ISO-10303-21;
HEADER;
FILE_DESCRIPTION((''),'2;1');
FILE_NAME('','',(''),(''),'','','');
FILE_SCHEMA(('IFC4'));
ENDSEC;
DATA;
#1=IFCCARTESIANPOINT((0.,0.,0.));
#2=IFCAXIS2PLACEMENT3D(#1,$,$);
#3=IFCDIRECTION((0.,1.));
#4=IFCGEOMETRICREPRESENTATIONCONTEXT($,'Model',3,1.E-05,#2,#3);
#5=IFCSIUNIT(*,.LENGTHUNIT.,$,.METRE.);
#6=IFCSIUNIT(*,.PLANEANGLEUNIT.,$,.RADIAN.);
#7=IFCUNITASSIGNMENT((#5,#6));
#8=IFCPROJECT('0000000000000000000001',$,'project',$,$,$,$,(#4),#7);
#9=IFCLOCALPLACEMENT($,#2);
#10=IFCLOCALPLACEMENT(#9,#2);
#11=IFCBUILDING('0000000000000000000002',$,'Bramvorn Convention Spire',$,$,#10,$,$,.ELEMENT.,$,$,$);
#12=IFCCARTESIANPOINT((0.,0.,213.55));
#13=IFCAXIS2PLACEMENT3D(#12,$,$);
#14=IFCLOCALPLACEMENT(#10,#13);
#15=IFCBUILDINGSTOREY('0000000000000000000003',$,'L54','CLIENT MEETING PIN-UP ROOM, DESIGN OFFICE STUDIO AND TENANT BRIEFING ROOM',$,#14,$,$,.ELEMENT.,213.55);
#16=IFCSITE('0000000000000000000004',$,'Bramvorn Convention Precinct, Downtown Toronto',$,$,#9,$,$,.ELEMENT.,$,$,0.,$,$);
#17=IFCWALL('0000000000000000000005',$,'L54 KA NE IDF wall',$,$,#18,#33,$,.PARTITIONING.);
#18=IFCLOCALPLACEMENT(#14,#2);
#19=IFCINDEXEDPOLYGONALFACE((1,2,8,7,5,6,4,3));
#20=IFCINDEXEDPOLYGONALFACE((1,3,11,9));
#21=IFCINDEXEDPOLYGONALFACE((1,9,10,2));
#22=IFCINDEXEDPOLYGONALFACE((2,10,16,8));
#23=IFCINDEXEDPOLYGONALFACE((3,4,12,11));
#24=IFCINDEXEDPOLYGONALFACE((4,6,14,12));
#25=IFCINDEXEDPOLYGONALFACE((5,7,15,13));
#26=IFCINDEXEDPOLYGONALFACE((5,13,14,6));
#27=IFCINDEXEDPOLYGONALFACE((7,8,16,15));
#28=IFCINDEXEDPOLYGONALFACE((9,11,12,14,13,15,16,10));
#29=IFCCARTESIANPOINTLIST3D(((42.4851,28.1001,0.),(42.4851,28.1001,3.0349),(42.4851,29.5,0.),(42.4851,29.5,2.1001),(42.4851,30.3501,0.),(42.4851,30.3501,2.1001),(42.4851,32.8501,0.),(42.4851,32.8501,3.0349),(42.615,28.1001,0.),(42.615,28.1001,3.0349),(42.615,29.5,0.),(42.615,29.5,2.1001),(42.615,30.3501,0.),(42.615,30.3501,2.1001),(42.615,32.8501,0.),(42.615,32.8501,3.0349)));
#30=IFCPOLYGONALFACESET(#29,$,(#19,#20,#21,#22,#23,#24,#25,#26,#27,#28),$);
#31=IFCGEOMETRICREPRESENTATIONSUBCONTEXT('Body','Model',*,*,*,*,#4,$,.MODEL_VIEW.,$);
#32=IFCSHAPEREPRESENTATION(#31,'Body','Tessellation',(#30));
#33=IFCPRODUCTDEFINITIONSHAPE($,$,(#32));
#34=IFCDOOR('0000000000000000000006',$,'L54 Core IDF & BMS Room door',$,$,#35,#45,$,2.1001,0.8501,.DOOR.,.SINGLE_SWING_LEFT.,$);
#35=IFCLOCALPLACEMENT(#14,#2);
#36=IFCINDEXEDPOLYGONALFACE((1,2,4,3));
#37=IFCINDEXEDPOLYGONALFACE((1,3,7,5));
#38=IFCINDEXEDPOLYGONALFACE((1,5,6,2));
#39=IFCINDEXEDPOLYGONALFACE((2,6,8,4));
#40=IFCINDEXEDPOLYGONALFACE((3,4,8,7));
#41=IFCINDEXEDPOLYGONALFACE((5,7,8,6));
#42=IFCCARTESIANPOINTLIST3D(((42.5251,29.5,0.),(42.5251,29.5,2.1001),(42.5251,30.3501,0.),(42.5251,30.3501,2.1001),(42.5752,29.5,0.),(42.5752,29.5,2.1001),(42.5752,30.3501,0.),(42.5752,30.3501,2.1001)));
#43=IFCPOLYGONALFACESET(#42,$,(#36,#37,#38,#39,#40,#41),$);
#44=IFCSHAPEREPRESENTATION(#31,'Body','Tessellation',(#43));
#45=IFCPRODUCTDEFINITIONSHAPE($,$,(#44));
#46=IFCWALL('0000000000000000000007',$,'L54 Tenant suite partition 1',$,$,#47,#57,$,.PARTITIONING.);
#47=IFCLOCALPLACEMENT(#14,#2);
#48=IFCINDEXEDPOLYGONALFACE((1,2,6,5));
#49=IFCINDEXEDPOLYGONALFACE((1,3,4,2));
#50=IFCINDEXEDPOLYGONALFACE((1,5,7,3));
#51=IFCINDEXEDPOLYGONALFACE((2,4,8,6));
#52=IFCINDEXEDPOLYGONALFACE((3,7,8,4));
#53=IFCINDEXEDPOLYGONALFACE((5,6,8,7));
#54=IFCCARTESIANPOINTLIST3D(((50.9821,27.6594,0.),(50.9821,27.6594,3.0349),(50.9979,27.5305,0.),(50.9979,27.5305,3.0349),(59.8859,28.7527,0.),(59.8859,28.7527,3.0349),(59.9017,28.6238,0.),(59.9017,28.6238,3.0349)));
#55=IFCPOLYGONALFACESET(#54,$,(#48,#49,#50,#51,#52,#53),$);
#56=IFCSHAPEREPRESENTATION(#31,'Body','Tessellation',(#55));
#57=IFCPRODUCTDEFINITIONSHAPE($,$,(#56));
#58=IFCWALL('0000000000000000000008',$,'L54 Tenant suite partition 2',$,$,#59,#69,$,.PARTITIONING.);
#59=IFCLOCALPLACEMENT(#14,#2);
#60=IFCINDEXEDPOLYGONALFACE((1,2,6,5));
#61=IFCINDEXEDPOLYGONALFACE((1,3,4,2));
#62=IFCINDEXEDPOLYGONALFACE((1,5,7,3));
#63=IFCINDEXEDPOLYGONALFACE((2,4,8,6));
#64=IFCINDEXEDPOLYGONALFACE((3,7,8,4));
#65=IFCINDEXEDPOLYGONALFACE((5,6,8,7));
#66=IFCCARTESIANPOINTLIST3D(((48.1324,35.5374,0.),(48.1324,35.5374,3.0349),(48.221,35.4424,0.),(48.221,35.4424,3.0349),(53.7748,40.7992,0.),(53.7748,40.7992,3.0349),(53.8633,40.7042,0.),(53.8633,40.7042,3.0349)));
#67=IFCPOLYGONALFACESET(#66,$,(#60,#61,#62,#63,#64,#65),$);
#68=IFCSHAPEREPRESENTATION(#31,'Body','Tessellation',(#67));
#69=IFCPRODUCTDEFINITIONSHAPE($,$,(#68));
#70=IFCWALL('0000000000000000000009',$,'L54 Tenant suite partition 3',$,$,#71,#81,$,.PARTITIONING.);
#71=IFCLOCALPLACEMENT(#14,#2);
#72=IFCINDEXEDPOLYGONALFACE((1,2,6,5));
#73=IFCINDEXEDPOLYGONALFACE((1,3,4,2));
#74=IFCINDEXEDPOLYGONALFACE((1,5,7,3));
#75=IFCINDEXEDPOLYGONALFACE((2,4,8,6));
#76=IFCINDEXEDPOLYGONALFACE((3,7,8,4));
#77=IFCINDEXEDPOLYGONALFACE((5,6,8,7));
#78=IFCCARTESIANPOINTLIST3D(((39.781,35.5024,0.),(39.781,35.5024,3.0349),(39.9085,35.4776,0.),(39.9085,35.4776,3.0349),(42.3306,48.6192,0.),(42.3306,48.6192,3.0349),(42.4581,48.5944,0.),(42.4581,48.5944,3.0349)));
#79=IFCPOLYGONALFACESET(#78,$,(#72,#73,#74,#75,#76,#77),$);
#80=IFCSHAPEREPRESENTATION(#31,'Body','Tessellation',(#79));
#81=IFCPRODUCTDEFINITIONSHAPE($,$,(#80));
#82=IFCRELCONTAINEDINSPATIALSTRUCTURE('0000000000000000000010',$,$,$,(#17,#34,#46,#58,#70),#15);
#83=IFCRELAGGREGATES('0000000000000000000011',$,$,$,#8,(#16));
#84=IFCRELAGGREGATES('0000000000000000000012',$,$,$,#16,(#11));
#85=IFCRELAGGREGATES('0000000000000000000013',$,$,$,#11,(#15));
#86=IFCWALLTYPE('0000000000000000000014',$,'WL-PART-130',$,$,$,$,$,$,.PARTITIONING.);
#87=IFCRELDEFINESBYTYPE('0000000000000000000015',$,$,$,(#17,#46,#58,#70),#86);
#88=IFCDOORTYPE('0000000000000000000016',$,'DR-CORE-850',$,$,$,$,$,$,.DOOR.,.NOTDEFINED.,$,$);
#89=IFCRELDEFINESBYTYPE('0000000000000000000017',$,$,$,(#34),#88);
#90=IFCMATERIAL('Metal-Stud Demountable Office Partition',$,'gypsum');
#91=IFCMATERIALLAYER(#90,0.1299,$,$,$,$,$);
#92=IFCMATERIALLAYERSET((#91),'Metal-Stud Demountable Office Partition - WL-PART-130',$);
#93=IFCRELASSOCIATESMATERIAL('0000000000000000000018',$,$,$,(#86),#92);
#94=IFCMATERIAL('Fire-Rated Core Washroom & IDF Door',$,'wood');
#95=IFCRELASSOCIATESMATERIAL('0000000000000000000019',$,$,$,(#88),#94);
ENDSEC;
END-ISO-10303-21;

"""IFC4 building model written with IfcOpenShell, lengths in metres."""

from ifc_helpers import new_model, si_unit, direction, frame, frame_2d, origin, place, context, subcontext, project, spatial, rectangle, extrude, material, layer, layer_set, type_object, element, fill, save


model = new_model("IFC4")

# Units and contexts
model_context = context("Model", 3, precision=1e-05, world=origin(), true_north=direction((0.0, 1.0)))
body_context = subcontext(model_context, "Body", "Model", "MODEL_VIEW")
ifc_project = project(units=[si_unit("LENGTHUNIT", "METRE"), si_unit("PLANEANGLEUNIT", "RADIAN")], contexts=[model_context])

# Site, building, storey
site_placement = place(None, origin())
site = spatial("IfcSite", under=ifc_project, at=site_placement, Name="Bramvorn Convention Precinct, Downtown Toronto", CompositionType="ELEMENT", RefElevation=0.0)
building_placement = place(site_placement, origin())
building = spatial("IfcBuilding", under=site, at=building_placement, Name="Bramvorn Convention Spire", CompositionType="ELEMENT")
storey_placement = place(building_placement, frame((0.0, 0.0, 213.55)))
storey = spatial("IfcBuildingStorey", under=building, at=storey_placement, Name="L54", Description="CLIENT MEETING PIN-UP ROOM, DESIGN OFFICE STUDIO AND TENANT BRIEFING ROOM", CompositionType="ELEMENT", Elevation=213.55)

# Wall, opening, door
ifc_material_1 = material(Name="Metal-Stud Demountable Office Partition", Category="gypsum")
ifc_layer_1 = layer(ifc_material_1, 0.1299)
ifc_layer_set_1 = layer_set([ifc_layer_1], Name="Metal-Stud Demountable Office Partition - WL-PART-130")
wall_type_1 = type_object("IfcWallType", Name="WL-PART-130", PredefinedType="PARTITIONING", material=ifc_layer_set_1)
wall_1_placement = place(storey_placement, frame((42.55, 28.1001, 0.0), z_axis=(0.0, 0.0, 1.0), x_axis=(0.0, 1.0, 0.0)))
wall_1 = element("IfcWall", 1, at=wall_1_placement, inside=storey, type_object=wall_type_1, Name="L54 KA NE IDF wall", PredefinedType="PARTITIONING", context=body_context, shape_type="SweptSolid", body=[
    extrude(rectangle(XDim=4.75, YDim=0.1299, at=frame_2d((2.375, 0.0))), origin(), (0.0, 0.0, 1.0), 3.0349),
])
opening_1_placement = place(wall_1_placement, frame((1.3999, 0.0, 0.0)))
opening_1 = element("IfcOpeningElement", 2, at=opening_1_placement, cuts=wall_1, PredefinedType="OPENING", context=body_context, shape_type="SweptSolid", body=[
    extrude(rectangle(XDim=0.8501, YDim=2.1001, at=frame_2d((0.425, 1.05))), frame((0.0, 0.075, 0.0), z_axis=(0.0, -1.0, 0.0), x_axis=(1.0, 0.0, 0.0)), (0.0, 0.0, 1.0), 0.1499),
])
ifc_material_2 = material(Name="Fire-Rated Core Washroom & IDF Door", Category="wood")
door_type_1 = type_object("IfcDoorType", Name="DR-CORE-850", OperationType="NOTDEFINED", PredefinedType="DOOR", material=ifc_material_2)
door_1_placement = place(opening_1_placement, origin())
door_1 = element("IfcDoor", 3, at=door_1_placement, inside=storey, type_object=door_type_1, Name="L54 Core IDF & BMS Room door", OperationType="SINGLE_SWING_LEFT", OverallHeight=2.1001, OverallWidth=0.8501, PredefinedType="DOOR", context=body_context, shape_type="SweptSolid", body=[
    extrude(rectangle(XDim=0.8501, YDim=2.1001, at=frame_2d((0.425, 1.05))), frame((0.0, 0.0249, 0.0), z_axis=(0.0, -1.0, 0.0), x_axis=(1.0, 0.0, 0.0)), (0.0, 0.0, 1.0), 0.05),
])
fill(opening_1, door_1)

# Walls
wall_2_placement = place(storey_placement, frame((50.99, 27.595, 0.0), z_axis=(0.0, 0.0, 1.0), x_axis=(0.992546, 0.121871, 0.0)))
element("IfcWall", 4, at=wall_2_placement, inside=storey, type_object=wall_type_1, Name="L54 Tenant suite partition 1", PredefinedType="PARTITIONING", context=body_context, shape_type="SweptSolid", body=[
    extrude(rectangle(XDim=8.9707, YDim=0.1299, at=frame_2d((4.4854, 0.0))), origin(), (0.0, 0.0, 1.0), 3.0349),
])
wall_3_placement = place(storey_placement, frame((48.1768, 35.49, 0.0), z_axis=(0.0, 0.0, 1.0), x_axis=(0.731344, 0.682009, 0.0)))
element("IfcWall", 5, at=wall_3_placement, inside=storey, type_object=wall_type_1, Name="L54 Tenant suite partition 2", PredefinedType="PARTITIONING", context=body_context, shape_type="SweptSolid", body=[
    extrude(rectangle(XDim=7.7151, YDim=0.1299, at=frame_2d((3.8574, 0.0))), origin(), (0.0, 0.0, 1.0), 3.0349),
])
wall_4_placement = place(storey_placement, frame((39.8447, 35.49, 0.0), z_axis=(0.0, 0.0, 1.0), x_axis=(0.190804, 0.981628, 0.0)))
element("IfcWall", 6, at=wall_4_placement, inside=storey, type_object=wall_type_1, Name="L54 Tenant suite partition 3", PredefinedType="PARTITIONING", context=body_context, shape_type="SweptSolid", body=[
    extrude(rectangle(XDim=13.3623, YDim=0.1299, at=frame_2d((6.6812, 0.0))), origin(), (0.0, 0.0, 1.0), 3.0349),
])

save(model, "model.ifc")
